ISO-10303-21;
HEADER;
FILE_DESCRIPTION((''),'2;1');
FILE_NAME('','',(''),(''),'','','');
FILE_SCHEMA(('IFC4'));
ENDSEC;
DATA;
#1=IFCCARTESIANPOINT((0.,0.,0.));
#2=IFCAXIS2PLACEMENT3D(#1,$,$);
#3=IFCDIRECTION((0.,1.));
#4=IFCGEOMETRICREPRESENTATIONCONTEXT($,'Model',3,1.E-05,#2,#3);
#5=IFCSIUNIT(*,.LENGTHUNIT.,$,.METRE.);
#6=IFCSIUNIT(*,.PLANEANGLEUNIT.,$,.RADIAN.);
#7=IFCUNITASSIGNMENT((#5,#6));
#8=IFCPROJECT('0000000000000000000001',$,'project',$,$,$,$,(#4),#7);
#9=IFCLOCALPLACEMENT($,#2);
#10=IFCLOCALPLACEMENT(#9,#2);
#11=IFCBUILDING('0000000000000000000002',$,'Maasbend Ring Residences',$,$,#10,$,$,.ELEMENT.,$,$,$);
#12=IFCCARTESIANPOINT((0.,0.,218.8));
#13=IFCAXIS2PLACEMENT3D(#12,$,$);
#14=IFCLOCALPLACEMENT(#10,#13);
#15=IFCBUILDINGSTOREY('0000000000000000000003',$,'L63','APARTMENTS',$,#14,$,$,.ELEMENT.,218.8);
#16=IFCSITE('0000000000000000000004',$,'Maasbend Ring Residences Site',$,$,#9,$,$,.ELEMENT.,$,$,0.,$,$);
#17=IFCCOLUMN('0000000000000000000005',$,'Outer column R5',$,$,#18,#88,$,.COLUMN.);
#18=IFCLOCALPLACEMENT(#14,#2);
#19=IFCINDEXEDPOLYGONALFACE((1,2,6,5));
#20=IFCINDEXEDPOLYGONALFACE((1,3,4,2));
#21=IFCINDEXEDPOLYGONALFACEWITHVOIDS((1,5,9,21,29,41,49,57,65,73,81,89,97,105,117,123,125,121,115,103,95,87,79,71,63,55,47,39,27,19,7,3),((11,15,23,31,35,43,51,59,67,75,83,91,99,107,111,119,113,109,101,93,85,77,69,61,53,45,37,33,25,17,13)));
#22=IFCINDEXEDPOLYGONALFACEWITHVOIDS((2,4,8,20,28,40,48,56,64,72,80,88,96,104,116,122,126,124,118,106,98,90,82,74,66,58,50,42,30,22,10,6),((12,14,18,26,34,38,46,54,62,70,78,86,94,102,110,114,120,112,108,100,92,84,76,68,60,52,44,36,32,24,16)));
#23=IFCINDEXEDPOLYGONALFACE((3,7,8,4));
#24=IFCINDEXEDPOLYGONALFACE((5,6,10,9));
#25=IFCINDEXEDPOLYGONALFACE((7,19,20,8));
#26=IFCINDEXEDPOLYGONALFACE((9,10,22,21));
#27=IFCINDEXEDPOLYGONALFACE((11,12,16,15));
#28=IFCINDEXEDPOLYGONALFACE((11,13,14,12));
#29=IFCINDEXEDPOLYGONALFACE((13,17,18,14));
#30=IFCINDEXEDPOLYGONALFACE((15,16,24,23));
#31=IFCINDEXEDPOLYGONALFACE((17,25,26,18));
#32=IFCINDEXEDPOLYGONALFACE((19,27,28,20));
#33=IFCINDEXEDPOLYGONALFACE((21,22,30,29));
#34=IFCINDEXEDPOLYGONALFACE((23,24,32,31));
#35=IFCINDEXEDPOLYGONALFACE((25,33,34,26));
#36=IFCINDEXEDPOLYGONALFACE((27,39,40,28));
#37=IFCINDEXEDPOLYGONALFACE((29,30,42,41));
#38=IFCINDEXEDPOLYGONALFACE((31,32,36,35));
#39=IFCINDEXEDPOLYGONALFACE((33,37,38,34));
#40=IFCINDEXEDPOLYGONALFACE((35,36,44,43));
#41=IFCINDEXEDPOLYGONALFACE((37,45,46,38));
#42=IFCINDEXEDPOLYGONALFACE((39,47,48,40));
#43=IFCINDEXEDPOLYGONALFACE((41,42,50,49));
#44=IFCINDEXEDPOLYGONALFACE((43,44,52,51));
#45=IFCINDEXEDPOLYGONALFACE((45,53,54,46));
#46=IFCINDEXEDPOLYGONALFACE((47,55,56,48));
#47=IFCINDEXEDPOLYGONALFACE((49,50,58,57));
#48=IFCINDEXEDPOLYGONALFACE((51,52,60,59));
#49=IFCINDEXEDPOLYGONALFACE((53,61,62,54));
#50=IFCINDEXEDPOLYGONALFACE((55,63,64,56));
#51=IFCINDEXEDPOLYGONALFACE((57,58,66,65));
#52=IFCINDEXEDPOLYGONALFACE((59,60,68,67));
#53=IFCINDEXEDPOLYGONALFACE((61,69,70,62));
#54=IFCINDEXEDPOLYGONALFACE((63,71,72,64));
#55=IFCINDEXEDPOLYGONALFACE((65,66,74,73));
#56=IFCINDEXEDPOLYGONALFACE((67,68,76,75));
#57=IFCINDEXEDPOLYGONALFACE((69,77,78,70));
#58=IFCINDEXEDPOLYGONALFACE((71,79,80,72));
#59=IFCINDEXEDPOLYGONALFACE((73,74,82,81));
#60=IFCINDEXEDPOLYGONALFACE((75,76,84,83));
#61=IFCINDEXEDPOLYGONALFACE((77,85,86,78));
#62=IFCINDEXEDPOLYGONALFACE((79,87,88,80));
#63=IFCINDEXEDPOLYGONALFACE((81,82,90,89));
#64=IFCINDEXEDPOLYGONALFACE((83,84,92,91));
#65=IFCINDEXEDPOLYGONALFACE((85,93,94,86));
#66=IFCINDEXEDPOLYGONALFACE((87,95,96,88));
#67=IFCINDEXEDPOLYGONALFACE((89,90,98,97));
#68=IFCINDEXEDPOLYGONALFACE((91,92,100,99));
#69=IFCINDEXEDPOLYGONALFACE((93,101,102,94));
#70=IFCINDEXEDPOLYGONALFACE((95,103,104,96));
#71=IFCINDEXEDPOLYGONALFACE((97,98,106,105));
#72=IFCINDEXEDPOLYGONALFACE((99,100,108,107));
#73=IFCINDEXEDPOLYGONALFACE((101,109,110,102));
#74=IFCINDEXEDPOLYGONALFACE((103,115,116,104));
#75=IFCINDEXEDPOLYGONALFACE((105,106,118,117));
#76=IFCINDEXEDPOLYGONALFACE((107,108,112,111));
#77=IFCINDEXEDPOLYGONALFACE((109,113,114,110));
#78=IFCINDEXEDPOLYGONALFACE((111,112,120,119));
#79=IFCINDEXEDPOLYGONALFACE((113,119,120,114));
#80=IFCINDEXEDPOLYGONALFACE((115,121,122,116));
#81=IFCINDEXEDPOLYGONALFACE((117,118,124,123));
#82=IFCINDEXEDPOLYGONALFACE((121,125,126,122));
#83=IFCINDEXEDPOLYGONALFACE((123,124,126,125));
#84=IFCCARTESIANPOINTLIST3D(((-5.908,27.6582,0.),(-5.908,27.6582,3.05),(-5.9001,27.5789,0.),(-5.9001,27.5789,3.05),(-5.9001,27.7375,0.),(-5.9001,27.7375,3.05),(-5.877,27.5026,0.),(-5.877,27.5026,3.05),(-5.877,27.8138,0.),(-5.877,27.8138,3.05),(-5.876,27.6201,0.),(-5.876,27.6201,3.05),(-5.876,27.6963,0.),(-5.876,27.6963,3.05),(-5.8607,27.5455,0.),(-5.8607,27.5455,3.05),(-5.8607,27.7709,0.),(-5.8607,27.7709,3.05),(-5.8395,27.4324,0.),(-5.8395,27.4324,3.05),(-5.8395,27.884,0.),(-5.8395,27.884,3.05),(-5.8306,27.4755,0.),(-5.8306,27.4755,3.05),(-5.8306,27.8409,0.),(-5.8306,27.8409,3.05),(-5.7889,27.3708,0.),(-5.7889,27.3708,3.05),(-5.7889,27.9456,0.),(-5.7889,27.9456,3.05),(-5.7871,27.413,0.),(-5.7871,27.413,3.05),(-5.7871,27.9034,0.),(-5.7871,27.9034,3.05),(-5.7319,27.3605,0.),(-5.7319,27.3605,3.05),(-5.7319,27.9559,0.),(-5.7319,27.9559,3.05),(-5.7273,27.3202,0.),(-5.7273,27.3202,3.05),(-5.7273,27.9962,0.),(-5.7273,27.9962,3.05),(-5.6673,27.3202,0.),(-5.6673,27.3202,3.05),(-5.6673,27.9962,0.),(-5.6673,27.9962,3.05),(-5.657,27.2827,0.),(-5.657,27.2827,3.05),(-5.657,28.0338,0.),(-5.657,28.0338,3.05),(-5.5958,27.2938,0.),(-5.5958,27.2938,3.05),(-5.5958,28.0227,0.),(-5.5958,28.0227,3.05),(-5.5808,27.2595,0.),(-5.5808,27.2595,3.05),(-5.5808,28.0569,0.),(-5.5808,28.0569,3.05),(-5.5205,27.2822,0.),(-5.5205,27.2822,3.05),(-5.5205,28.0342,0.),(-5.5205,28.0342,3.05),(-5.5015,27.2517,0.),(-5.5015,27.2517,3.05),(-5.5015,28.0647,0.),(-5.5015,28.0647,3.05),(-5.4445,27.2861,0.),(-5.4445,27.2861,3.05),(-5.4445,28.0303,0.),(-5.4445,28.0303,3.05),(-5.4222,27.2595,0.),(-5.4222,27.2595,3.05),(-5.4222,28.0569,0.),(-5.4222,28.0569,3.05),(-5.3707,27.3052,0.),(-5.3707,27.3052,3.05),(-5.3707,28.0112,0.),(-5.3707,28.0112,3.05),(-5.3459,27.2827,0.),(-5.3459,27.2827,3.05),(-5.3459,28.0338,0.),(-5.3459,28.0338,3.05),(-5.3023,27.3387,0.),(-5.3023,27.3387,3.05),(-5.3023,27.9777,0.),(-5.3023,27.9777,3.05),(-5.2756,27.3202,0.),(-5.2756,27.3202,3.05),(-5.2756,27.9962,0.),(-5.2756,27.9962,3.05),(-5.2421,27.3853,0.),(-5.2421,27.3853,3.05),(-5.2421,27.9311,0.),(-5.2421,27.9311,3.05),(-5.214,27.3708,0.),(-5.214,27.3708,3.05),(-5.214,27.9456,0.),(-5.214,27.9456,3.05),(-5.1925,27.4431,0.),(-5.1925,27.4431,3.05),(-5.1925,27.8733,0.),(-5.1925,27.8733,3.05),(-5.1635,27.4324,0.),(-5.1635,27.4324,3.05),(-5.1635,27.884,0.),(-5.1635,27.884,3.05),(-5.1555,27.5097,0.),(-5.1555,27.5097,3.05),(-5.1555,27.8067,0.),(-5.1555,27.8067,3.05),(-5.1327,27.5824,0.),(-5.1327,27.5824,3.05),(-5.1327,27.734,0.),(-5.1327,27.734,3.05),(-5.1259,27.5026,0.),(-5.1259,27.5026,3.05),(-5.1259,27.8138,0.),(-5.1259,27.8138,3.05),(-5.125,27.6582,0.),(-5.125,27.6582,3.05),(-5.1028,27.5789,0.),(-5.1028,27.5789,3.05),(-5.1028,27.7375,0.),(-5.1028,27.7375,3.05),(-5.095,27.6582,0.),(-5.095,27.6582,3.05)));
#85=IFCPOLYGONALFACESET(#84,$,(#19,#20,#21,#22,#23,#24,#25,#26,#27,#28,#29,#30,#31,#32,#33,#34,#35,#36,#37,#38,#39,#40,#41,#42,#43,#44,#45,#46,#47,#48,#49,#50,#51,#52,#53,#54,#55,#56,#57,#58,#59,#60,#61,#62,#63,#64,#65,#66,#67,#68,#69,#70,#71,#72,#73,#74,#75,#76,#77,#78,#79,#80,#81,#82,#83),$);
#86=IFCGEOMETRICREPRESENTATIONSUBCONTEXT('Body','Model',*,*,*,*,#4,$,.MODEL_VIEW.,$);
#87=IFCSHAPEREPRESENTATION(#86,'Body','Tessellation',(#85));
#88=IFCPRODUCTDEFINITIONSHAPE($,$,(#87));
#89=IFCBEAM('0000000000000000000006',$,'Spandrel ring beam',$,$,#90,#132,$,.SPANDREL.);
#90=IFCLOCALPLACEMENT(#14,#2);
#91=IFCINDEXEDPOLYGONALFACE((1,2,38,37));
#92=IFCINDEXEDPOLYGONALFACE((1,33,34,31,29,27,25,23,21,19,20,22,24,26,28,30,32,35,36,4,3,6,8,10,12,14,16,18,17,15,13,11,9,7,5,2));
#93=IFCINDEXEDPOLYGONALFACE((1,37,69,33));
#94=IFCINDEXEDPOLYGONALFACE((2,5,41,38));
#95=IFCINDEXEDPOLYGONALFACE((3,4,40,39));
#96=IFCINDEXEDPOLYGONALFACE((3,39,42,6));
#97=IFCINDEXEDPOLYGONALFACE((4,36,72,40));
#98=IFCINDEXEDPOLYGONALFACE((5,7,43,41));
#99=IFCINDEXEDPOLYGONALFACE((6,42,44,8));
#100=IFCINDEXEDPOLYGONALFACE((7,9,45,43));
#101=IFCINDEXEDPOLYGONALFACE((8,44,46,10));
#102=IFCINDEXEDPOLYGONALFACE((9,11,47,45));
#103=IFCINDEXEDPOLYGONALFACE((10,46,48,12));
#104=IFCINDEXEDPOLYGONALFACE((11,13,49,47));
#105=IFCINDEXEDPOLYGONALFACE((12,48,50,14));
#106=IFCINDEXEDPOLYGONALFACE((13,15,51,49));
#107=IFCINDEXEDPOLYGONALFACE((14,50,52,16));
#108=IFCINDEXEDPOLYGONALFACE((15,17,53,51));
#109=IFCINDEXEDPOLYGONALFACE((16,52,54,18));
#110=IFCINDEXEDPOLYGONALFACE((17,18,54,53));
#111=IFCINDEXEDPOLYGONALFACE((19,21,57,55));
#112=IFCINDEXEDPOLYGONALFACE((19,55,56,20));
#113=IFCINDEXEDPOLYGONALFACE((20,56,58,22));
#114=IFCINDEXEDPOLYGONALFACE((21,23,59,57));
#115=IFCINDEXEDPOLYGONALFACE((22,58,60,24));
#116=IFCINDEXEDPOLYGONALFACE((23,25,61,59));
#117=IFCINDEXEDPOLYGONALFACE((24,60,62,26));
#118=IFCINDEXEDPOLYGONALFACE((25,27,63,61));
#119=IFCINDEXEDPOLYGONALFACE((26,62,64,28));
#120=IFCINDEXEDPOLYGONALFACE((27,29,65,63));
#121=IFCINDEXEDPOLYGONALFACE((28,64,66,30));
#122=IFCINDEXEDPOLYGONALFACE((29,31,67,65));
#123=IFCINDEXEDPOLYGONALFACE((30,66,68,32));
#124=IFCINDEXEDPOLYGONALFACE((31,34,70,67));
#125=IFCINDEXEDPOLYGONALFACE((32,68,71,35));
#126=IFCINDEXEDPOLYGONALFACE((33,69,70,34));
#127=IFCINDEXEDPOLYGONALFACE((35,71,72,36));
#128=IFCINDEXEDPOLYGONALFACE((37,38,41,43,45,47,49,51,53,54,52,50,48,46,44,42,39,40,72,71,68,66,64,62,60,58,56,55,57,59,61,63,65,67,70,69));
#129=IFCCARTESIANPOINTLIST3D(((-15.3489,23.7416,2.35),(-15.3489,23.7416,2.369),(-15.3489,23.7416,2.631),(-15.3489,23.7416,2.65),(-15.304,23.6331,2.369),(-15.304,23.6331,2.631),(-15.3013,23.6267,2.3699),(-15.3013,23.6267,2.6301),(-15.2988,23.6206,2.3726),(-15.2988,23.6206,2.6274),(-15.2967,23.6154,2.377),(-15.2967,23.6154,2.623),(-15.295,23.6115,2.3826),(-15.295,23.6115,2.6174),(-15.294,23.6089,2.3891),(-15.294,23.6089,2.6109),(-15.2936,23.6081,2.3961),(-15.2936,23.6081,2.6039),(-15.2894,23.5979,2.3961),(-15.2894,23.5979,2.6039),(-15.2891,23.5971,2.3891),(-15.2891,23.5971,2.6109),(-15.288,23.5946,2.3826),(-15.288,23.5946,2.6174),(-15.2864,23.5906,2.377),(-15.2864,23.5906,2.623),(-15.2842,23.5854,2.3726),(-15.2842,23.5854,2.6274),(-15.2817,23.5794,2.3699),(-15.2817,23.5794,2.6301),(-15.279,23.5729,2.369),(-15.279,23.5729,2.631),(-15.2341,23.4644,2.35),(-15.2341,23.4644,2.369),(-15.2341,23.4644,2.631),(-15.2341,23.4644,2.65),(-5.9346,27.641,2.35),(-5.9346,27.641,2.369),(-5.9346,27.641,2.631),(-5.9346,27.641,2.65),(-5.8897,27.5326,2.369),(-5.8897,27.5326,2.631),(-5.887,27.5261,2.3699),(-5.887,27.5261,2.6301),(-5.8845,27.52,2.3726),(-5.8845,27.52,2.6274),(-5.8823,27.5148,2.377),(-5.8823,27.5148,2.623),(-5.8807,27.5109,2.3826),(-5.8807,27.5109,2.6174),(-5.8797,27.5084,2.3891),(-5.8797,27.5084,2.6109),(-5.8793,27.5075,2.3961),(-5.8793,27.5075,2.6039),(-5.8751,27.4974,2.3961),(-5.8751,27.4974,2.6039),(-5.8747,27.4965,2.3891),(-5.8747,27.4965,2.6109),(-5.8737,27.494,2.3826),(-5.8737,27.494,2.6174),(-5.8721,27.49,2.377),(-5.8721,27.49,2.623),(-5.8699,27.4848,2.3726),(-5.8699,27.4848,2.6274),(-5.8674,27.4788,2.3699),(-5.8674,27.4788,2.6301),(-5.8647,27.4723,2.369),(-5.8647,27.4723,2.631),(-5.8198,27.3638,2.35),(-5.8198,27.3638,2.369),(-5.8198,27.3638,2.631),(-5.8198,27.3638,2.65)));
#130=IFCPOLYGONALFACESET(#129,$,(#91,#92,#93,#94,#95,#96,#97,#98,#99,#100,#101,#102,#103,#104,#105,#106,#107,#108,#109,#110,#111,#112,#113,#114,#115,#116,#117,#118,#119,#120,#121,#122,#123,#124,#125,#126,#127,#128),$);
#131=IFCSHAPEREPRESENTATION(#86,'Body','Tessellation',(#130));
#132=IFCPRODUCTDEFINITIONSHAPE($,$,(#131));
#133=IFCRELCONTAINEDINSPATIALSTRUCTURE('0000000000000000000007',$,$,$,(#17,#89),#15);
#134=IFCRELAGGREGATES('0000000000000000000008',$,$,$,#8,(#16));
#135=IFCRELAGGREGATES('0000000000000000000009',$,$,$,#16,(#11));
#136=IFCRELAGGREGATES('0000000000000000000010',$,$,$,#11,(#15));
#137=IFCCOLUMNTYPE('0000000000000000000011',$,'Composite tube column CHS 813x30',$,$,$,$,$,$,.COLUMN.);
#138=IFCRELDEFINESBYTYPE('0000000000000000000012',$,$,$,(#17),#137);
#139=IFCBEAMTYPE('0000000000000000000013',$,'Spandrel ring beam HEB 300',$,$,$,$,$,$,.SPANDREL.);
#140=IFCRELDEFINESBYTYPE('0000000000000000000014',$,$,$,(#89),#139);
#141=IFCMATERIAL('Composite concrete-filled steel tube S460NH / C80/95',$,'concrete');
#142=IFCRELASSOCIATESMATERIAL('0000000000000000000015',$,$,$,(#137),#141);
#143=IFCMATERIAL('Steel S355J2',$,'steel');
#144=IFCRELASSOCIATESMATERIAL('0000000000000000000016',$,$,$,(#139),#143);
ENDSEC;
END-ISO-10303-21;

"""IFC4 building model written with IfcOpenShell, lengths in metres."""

from ifc_helpers import new_model, si_unit, direction, frame, origin, origin_2d, place, context, subcontext, project, spatial, hollow_circle, i_section, extrude, material, material_profile, profile_set, type_object, element, save


model = new_model("IFC4")

# Units and contexts
model_context = context("Model", 3, precision=1e-05, world=origin(), true_north=direction((0.0, 1.0)))
body_context = subcontext(model_context, "Body", "Model", "MODEL_VIEW")
ifc_project = project(units=[si_unit("LENGTHUNIT", "METRE"), si_unit("PLANEANGLEUNIT", "RADIAN")], contexts=[model_context])

# Site, building, storey
site_placement = place(None, origin())
site = spatial("IfcSite", under=ifc_project, at=site_placement, Name="Maasbend Ring Residences Site", CompositionType="ELEMENT", RefElevation=0.0)
building_placement = place(site_placement, origin())
building = spatial("IfcBuilding", under=site, at=building_placement, Name="Maasbend Ring Residences", CompositionType="ELEMENT")
storey_placement = place(building_placement, frame((0.0, 0.0, 218.8)))
storey = spatial("IfcBuildingStorey", under=building, at=storey_placement, Name="L63", Description="APARTMENTS", CompositionType="ELEMENT", Elevation=218.8)

# Column
ifc_material_1 = material(Name="Composite concrete-filled steel tube S460NH / C80/95", Category="concrete")
ifc_material_profile_1 = material_profile(ifc_material_1, hollow_circle(Radius=0.4065, WallThickness=0.03, at=origin_2d()), Name="Composite tube column CHS 813x30")
ifc_profile_set_1 = profile_set([ifc_material_profile_1], Name="Composite concrete-filled steel tube S460NH / C80/95")
column_type = type_object("IfcColumnType", Name="Composite tube column CHS 813x30", PredefinedType="COLUMN", material=ifc_profile_set_1)
column_placement = place(storey_placement, frame((-5.5015, 27.6582, 0.0), z_axis=(0.0, 0.0, 1.0), x_axis=(1.0, 0.0, 0.0)))
element("IfcColumn", 1, at=column_placement, inside=storey, type_object=column_type, Name="Outer column R5", PredefinedType="COLUMN", context=body_context, shape_type="SweptSolid", body=[
    extrude(hollow_circle(Radius=0.4065, WallThickness=0.03, at=origin_2d()), origin(), (0.0, 0.0, 1.0), 3.05),
])

# Beam
ifc_material_2 = material(Name="Steel S355J2", Category="steel")
ifc_material_profile_2 = material_profile(ifc_material_2, i_section(OverallWidth=0.3, OverallDepth=0.3, WebThickness=0.011, FlangeThickness=0.019, FilletRadius=0.0271, at=origin_2d()), Name="HEB 300")
ifc_profile_set_2 = profile_set([ifc_material_profile_2], Name="Steel S355J2")
beam_type = type_object("IfcBeamType", Name="Spandrel ring beam HEB 300", PredefinedType="SPANDREL", material=ifc_profile_set_2)
beam_placement = place(storey_placement, frame((-5.8772, 27.5024, 2.5), z_axis=(-0.923884, -0.382673, 0.0), x_axis=(0.382673, -0.923884, 0.0)))
element("IfcBeam", 2, at=beam_placement, inside=storey, type_object=beam_type, Name="Spandrel ring beam", PredefinedType="SPANDREL", context=body_context, shape_type="SweptSolid", body=[
    extrude(i_section(OverallWidth=0.3, OverallDepth=0.3, WebThickness=0.011, FlangeThickness=0.019, FilletRadius=0.0271, at=origin_2d()), origin(), (0.0, 0.0, 1.0), 10.1899),
])

save(model, "model.ifc")
